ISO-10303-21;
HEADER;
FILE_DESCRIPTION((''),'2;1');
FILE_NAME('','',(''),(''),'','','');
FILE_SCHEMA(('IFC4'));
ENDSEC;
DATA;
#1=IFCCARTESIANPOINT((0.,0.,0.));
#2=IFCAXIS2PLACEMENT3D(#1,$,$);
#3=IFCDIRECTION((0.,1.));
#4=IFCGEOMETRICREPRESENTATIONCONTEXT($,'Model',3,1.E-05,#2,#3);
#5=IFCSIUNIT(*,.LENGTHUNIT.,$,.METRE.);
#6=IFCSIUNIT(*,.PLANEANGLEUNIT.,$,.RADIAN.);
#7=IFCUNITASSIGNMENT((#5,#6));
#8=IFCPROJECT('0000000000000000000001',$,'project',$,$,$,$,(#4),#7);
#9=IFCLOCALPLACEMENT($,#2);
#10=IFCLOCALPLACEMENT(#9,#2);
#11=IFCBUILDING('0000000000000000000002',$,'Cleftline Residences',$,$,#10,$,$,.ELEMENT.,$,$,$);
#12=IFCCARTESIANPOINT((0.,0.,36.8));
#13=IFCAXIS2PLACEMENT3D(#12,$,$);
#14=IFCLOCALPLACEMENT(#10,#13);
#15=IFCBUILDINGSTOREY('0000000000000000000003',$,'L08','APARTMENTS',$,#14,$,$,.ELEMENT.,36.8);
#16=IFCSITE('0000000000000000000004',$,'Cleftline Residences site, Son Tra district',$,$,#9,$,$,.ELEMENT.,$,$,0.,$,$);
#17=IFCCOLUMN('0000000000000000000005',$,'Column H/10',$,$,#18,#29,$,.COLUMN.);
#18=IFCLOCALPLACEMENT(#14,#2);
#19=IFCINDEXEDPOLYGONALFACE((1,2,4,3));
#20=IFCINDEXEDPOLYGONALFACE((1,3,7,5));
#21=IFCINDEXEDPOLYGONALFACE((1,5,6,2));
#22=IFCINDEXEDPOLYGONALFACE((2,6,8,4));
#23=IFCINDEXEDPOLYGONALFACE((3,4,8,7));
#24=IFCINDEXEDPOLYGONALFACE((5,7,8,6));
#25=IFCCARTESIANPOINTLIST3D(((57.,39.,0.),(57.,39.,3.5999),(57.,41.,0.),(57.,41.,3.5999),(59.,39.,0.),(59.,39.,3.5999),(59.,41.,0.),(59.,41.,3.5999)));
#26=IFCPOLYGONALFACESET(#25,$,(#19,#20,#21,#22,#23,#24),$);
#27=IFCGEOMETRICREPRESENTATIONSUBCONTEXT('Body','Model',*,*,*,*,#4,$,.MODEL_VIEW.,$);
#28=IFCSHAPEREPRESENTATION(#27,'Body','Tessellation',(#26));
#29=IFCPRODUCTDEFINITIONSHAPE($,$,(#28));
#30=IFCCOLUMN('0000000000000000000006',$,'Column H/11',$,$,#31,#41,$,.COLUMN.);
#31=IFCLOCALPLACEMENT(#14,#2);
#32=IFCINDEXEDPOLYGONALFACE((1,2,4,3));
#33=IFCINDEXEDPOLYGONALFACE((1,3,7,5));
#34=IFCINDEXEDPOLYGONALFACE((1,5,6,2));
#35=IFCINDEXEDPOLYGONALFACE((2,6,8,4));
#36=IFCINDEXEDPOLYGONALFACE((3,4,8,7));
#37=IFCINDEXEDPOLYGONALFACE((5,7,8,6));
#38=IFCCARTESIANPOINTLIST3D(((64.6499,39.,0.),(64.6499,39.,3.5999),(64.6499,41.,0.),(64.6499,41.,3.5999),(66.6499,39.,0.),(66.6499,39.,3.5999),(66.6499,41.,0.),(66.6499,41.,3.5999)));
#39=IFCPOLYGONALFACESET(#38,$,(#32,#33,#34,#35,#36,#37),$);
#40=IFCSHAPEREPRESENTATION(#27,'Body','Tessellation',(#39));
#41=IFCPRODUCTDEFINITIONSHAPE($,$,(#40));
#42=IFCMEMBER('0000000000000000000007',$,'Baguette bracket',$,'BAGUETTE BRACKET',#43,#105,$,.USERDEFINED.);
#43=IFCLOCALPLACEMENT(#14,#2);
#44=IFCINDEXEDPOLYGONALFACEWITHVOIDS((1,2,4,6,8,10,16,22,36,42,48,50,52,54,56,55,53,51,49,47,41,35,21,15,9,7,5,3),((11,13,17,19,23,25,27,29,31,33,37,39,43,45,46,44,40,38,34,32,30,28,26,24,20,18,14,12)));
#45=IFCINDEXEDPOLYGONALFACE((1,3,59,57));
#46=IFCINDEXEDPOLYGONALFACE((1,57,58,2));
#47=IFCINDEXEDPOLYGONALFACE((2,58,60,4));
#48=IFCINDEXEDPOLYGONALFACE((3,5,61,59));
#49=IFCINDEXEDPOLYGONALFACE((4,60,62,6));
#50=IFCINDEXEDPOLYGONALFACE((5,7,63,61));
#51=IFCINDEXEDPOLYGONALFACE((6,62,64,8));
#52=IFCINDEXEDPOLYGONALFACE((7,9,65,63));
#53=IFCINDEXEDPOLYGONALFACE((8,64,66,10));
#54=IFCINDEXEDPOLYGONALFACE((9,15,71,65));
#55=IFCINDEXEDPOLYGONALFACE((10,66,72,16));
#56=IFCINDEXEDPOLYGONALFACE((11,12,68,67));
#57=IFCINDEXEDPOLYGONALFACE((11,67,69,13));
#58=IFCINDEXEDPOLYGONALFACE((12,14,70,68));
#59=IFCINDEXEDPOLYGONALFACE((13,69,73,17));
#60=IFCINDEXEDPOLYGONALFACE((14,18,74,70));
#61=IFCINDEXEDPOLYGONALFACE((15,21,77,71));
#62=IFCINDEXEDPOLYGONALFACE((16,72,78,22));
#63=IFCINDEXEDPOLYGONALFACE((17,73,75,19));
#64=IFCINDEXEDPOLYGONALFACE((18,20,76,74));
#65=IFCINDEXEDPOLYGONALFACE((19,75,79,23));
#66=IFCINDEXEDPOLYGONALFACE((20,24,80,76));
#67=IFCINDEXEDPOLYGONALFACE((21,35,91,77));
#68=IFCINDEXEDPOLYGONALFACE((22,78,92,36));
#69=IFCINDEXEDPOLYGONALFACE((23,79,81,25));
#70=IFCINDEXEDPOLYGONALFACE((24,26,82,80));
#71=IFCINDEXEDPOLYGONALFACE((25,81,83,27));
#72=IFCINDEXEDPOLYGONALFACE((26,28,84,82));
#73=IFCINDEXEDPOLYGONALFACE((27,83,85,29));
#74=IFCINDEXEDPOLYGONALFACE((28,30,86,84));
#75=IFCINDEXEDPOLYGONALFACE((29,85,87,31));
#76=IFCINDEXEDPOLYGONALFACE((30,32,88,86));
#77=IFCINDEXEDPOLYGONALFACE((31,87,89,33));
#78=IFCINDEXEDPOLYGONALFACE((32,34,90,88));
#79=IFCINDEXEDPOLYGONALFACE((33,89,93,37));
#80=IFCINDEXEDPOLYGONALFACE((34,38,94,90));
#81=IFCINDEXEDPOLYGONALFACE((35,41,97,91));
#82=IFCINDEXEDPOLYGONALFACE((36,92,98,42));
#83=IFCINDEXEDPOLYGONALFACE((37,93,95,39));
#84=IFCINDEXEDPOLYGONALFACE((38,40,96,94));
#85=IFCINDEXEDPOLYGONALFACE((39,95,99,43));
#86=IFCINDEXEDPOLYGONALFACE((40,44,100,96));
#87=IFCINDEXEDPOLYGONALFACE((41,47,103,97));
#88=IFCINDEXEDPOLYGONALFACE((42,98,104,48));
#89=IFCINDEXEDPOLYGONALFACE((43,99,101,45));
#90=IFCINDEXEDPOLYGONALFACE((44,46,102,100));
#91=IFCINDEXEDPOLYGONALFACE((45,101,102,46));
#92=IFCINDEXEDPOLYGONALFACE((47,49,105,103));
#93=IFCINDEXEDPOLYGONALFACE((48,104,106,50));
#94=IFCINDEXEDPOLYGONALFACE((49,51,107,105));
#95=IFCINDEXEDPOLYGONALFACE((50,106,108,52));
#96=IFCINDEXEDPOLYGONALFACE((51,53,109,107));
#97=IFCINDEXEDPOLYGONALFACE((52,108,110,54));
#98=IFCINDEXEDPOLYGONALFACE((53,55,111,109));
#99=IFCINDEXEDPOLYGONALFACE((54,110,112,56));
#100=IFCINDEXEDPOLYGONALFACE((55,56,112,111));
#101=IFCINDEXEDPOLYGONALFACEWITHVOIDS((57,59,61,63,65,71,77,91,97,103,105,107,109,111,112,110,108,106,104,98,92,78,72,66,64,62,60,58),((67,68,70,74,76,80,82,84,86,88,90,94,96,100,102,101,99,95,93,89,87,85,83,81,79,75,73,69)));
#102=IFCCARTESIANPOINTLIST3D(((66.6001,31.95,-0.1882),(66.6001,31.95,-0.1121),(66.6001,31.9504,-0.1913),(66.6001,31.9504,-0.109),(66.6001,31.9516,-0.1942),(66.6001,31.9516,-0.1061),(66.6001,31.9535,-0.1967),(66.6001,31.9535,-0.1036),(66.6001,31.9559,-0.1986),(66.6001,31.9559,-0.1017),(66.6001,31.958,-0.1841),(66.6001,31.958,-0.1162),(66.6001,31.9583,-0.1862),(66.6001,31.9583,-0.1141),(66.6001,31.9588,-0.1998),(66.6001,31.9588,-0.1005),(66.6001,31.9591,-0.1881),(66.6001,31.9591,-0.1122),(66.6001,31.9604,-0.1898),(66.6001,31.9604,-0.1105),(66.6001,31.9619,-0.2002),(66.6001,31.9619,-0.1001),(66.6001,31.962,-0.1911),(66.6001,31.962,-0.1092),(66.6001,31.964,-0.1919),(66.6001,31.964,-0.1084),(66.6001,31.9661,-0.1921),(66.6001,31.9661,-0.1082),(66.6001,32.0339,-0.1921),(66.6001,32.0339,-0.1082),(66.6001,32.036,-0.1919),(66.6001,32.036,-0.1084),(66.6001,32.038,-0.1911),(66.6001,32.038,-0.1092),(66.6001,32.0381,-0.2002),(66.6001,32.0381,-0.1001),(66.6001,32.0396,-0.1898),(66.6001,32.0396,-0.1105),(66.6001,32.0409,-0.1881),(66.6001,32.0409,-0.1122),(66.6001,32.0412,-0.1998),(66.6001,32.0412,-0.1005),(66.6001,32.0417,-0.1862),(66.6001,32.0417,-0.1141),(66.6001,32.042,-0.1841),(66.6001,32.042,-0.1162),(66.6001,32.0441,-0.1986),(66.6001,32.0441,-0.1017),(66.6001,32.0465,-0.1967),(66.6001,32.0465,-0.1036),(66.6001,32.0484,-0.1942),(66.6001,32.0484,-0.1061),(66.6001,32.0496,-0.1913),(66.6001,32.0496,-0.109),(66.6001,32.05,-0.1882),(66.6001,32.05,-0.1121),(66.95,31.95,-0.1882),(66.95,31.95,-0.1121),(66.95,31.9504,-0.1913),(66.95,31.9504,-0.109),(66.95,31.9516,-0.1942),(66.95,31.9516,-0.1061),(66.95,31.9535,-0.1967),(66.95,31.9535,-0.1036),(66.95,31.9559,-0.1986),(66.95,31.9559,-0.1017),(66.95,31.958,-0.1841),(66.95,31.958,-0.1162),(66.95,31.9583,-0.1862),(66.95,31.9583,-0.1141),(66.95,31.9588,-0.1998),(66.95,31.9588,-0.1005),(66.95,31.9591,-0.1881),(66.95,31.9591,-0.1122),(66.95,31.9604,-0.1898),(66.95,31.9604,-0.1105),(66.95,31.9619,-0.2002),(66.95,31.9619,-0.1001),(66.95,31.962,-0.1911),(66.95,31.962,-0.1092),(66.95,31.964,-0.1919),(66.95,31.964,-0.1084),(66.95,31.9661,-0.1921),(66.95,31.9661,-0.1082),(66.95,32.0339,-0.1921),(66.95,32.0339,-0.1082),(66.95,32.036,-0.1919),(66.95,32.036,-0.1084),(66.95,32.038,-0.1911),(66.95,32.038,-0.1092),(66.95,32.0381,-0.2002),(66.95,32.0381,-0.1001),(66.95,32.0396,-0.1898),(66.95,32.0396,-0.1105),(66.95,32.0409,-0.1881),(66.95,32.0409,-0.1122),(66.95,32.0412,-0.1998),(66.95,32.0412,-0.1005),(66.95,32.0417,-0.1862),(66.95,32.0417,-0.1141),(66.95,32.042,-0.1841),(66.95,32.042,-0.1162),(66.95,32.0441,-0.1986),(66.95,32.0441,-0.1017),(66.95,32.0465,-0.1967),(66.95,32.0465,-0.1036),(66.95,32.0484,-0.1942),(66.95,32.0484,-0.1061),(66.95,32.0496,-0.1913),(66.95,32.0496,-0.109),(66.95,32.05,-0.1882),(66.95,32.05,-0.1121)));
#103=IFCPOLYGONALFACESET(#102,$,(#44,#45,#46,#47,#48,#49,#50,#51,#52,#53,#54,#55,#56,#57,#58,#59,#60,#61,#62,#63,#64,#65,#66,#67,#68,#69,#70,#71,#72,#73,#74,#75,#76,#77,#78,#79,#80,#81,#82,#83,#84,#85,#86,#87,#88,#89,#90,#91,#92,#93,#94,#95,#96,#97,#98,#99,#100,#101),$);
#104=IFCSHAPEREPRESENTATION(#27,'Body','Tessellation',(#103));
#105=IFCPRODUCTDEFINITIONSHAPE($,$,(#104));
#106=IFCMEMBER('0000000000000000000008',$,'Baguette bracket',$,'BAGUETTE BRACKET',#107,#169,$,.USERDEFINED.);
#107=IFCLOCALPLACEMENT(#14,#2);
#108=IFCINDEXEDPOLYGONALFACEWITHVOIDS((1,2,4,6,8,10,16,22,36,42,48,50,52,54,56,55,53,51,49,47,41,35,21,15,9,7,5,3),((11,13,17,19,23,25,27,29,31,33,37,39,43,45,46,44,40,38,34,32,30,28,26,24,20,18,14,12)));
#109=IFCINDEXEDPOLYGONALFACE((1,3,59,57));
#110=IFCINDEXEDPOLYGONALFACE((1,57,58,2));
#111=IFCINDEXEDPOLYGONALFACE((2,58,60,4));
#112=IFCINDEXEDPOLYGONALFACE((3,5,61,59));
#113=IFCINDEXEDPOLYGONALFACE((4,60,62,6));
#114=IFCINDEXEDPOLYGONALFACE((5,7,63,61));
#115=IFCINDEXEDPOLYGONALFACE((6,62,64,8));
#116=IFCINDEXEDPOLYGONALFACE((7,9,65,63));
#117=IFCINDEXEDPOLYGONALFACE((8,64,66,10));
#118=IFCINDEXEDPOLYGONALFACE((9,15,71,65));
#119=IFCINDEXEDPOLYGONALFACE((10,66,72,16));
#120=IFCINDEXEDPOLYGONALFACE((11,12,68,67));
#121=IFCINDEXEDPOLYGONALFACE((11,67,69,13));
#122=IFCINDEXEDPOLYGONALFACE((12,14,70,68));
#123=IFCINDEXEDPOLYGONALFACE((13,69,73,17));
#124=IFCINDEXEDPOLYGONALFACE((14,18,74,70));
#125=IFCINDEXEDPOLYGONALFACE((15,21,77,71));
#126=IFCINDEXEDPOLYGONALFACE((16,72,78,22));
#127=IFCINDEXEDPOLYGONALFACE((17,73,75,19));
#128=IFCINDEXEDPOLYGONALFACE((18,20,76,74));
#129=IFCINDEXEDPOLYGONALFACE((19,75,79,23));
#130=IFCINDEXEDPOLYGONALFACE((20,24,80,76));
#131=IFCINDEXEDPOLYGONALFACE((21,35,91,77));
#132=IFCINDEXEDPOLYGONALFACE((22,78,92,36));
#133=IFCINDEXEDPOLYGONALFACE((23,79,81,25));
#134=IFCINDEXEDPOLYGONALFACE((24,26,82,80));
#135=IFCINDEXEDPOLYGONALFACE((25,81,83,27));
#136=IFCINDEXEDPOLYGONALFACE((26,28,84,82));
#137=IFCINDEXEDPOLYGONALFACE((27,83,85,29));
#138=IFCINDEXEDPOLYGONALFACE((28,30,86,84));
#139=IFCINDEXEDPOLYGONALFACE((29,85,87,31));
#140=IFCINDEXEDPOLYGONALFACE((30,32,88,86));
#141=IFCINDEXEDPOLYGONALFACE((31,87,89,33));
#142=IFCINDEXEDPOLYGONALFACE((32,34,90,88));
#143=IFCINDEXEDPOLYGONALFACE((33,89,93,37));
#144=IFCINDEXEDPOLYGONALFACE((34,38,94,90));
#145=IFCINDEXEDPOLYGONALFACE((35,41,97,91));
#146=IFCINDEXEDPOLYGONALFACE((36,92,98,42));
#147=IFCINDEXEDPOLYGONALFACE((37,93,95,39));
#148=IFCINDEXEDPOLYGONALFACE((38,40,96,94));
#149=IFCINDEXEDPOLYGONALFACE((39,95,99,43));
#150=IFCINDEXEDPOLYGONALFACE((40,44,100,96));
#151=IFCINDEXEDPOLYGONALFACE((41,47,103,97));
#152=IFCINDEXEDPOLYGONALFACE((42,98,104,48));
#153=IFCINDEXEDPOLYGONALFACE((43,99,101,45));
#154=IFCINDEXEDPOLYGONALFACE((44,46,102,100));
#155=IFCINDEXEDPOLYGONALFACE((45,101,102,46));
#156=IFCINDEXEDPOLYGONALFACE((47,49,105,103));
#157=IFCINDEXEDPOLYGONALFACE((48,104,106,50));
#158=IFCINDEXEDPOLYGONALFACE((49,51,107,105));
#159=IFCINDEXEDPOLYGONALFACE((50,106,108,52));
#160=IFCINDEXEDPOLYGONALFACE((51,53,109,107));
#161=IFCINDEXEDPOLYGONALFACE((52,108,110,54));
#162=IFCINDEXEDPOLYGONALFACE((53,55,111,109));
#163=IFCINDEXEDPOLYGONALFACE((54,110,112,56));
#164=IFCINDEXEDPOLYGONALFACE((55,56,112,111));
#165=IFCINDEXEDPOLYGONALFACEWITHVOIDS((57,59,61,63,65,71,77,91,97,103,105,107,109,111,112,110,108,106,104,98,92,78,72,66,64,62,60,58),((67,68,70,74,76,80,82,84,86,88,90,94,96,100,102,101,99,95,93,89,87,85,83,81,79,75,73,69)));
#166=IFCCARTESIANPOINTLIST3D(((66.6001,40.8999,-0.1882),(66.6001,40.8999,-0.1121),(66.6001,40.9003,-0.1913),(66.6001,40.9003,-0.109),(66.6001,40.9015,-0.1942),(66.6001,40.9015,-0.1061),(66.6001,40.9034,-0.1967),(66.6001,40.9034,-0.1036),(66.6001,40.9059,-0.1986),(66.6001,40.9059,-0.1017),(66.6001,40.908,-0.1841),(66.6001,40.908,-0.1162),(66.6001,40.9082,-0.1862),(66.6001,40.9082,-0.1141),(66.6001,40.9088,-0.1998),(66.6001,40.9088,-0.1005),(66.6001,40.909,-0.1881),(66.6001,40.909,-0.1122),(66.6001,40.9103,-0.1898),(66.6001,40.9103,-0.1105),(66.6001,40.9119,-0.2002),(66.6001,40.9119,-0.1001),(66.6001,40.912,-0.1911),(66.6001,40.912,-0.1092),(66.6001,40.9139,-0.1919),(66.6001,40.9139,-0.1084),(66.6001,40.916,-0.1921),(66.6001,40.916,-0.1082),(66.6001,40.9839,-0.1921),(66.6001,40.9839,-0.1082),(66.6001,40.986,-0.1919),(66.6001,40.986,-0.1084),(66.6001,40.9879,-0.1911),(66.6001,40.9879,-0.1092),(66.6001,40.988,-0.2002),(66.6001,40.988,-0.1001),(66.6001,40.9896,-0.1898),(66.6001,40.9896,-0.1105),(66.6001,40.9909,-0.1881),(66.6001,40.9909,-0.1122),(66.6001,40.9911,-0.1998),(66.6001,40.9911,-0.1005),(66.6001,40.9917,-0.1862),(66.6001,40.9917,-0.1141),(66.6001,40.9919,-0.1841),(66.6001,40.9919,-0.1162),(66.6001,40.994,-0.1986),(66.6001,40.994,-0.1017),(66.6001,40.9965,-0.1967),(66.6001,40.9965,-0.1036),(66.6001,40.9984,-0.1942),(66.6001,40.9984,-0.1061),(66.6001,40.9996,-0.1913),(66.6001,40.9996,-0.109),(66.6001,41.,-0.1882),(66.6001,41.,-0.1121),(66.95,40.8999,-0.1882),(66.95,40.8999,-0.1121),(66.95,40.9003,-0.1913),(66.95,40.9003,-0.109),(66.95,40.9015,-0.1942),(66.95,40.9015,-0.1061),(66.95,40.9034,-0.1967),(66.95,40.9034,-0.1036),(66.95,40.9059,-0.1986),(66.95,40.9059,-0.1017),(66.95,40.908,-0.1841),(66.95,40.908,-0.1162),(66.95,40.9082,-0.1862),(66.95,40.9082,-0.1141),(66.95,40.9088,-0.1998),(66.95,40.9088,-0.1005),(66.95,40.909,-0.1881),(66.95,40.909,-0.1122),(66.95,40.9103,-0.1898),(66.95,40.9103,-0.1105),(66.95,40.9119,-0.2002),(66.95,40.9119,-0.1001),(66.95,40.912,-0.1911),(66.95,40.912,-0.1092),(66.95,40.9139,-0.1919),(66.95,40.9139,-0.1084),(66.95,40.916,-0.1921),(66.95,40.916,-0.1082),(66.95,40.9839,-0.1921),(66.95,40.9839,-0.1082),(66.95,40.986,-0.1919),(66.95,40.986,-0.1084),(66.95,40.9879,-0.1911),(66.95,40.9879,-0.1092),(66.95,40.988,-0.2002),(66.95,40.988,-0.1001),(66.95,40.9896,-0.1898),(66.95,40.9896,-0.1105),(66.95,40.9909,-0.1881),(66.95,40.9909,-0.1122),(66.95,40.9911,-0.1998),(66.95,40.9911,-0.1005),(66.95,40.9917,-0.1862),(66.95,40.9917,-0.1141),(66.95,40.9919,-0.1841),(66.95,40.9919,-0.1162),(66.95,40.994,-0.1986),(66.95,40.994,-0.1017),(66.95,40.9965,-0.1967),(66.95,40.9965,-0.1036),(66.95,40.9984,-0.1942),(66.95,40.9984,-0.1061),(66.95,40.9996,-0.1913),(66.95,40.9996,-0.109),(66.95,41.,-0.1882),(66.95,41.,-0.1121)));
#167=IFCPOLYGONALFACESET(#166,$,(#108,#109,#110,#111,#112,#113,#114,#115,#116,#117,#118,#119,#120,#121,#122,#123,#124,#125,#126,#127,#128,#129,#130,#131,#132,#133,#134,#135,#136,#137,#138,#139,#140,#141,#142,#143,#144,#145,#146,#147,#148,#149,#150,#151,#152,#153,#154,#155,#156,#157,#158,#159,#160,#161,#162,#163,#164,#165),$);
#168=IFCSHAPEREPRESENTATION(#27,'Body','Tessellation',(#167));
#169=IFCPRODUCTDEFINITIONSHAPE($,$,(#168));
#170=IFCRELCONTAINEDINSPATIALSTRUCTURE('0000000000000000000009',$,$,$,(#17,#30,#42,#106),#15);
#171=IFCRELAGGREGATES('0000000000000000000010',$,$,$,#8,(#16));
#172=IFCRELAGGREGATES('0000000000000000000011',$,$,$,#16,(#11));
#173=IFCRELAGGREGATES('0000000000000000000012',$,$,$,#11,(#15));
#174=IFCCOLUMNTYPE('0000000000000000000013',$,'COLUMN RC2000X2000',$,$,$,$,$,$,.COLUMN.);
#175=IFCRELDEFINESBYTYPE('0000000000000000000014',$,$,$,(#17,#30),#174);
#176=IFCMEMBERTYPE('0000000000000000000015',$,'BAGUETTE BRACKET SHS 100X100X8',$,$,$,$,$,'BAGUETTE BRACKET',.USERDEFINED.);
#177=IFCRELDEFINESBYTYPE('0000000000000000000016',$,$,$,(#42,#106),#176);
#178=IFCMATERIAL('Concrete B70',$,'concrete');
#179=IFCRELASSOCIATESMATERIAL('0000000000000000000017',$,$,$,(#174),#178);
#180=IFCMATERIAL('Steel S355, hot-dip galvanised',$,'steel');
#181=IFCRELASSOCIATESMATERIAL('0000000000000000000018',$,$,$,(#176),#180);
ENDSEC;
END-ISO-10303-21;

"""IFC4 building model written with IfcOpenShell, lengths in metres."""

from ifc_helpers import new_model, si_unit, direction, frame, origin, origin_2d, place, context, subcontext, project, spatial, rectangle, hollow_rectangle, extrude, material, material_profile, profile_set, type_object, element, save


model = new_model("IFC4")

# Units and contexts
model_context = context("Model", 3, precision=1e-05, world=origin(), true_north=direction((0.0, 1.0)))
body_context = subcontext(model_context, "Body", "Model", "MODEL_VIEW")
ifc_project = project(units=[si_unit("LENGTHUNIT", "METRE"), si_unit("PLANEANGLEUNIT", "RADIAN")], contexts=[model_context])

# Site, building, storey
site_placement = place(None, origin())
site = spatial("IfcSite", under=ifc_project, at=site_placement, Name="Cleftline Residences site, Son Tra district", CompositionType="ELEMENT", RefElevation=0.0)
building_placement = place(site_placement, origin())
building = spatial("IfcBuilding", under=site, at=building_placement, Name="Cleftline Residences", CompositionType="ELEMENT")
storey_placement = place(building_placement, frame((0.0, 0.0, 36.8)))
storey = spatial("IfcBuildingStorey", under=building, at=storey_placement, Name="L08", Description="APARTMENTS", CompositionType="ELEMENT", Elevation=36.8)

# Columns
ifc_material_1 = material(Name="Concrete B70", Category="concrete")
ifc_material_profile_1 = material_profile(ifc_material_1, rectangle(XDim=2.0, YDim=2.0, at=origin_2d()))
ifc_profile_set_1 = profile_set([ifc_material_profile_1], Name="Concrete B70")
column_type = type_object("IfcColumnType", Name="COLUMN RC2000X2000", PredefinedType="COLUMN", material=ifc_profile_set_1)
for number, where, z_axis, x_axis, name in (
    (1, (58.0, 40.0, 0.0), (0.0, 0.0, 1.0), (1.0, 0.0, 0.0), "Column H/10"),
    (2, (65.6499, 40.0, 0.0), (0.0, 0.0, 1.0), (1.0, 0.0, 0.0), "Column H/11"),
):
    element("IfcColumn", number, at=place(storey_placement, frame(where, z_axis=z_axis, x_axis=x_axis)), inside=storey, type_object=column_type, Name=name, PredefinedType="COLUMN", context=body_context, shape_type="SweptSolid", body=[
        extrude(rectangle(XDim=2.0, YDim=2.0, at=origin_2d()), origin(), (0.0, 0.0, 1.0), 3.5999),
    ])

# Members
ifc_material_2 = material(Name="Steel S355, hot-dip galvanised", Category="steel")
ifc_material_profile_2 = material_profile(ifc_material_2, hollow_rectangle(XDim=0.1001, YDim=0.1001, WallThickness=0.0081, InnerFilletRadius=0.0081, OuterFilletRadius=0.012, at=origin_2d()))
ifc_profile_set_2 = profile_set([ifc_material_profile_2], Name="Steel S355, hot-dip galvanised")
member_type_1 = type_object("IfcMemberType", Name="BAGUETTE BRACKET SHS 100X100X8", ElementType="BAGUETTE BRACKET", PredefinedType="USERDEFINED", material=ifc_profile_set_2)
for number, where, z_axis, x_axis, name in (
    (3, (66.6001, 32.0, -0.1501), (1.0, 0.0, 0.0), (0.0, 1.0, 0.0), "Baguette bracket"),
    (4, (66.6001, 40.95, -0.1501), (1.0, 0.0, 0.0), (0.0, 1.0, 0.0), "Baguette bracket"),
):
    element("IfcMember", number, at=place(storey_placement, frame(where, z_axis=z_axis, x_axis=x_axis)), inside=storey, type_object=member_type_1, Name=name, ObjectType="BAGUETTE BRACKET", PredefinedType="USERDEFINED", context=body_context, shape_type="SweptSolid", body=[
        extrude(hollow_rectangle(XDim=0.1001, YDim=0.1001, WallThickness=0.0081, InnerFilletRadius=0.0081, OuterFilletRadius=0.012, at=origin_2d()), origin(), (0.0, 0.0, 1.0), 0.3499),
    ])

save(model, "model.ifc")
